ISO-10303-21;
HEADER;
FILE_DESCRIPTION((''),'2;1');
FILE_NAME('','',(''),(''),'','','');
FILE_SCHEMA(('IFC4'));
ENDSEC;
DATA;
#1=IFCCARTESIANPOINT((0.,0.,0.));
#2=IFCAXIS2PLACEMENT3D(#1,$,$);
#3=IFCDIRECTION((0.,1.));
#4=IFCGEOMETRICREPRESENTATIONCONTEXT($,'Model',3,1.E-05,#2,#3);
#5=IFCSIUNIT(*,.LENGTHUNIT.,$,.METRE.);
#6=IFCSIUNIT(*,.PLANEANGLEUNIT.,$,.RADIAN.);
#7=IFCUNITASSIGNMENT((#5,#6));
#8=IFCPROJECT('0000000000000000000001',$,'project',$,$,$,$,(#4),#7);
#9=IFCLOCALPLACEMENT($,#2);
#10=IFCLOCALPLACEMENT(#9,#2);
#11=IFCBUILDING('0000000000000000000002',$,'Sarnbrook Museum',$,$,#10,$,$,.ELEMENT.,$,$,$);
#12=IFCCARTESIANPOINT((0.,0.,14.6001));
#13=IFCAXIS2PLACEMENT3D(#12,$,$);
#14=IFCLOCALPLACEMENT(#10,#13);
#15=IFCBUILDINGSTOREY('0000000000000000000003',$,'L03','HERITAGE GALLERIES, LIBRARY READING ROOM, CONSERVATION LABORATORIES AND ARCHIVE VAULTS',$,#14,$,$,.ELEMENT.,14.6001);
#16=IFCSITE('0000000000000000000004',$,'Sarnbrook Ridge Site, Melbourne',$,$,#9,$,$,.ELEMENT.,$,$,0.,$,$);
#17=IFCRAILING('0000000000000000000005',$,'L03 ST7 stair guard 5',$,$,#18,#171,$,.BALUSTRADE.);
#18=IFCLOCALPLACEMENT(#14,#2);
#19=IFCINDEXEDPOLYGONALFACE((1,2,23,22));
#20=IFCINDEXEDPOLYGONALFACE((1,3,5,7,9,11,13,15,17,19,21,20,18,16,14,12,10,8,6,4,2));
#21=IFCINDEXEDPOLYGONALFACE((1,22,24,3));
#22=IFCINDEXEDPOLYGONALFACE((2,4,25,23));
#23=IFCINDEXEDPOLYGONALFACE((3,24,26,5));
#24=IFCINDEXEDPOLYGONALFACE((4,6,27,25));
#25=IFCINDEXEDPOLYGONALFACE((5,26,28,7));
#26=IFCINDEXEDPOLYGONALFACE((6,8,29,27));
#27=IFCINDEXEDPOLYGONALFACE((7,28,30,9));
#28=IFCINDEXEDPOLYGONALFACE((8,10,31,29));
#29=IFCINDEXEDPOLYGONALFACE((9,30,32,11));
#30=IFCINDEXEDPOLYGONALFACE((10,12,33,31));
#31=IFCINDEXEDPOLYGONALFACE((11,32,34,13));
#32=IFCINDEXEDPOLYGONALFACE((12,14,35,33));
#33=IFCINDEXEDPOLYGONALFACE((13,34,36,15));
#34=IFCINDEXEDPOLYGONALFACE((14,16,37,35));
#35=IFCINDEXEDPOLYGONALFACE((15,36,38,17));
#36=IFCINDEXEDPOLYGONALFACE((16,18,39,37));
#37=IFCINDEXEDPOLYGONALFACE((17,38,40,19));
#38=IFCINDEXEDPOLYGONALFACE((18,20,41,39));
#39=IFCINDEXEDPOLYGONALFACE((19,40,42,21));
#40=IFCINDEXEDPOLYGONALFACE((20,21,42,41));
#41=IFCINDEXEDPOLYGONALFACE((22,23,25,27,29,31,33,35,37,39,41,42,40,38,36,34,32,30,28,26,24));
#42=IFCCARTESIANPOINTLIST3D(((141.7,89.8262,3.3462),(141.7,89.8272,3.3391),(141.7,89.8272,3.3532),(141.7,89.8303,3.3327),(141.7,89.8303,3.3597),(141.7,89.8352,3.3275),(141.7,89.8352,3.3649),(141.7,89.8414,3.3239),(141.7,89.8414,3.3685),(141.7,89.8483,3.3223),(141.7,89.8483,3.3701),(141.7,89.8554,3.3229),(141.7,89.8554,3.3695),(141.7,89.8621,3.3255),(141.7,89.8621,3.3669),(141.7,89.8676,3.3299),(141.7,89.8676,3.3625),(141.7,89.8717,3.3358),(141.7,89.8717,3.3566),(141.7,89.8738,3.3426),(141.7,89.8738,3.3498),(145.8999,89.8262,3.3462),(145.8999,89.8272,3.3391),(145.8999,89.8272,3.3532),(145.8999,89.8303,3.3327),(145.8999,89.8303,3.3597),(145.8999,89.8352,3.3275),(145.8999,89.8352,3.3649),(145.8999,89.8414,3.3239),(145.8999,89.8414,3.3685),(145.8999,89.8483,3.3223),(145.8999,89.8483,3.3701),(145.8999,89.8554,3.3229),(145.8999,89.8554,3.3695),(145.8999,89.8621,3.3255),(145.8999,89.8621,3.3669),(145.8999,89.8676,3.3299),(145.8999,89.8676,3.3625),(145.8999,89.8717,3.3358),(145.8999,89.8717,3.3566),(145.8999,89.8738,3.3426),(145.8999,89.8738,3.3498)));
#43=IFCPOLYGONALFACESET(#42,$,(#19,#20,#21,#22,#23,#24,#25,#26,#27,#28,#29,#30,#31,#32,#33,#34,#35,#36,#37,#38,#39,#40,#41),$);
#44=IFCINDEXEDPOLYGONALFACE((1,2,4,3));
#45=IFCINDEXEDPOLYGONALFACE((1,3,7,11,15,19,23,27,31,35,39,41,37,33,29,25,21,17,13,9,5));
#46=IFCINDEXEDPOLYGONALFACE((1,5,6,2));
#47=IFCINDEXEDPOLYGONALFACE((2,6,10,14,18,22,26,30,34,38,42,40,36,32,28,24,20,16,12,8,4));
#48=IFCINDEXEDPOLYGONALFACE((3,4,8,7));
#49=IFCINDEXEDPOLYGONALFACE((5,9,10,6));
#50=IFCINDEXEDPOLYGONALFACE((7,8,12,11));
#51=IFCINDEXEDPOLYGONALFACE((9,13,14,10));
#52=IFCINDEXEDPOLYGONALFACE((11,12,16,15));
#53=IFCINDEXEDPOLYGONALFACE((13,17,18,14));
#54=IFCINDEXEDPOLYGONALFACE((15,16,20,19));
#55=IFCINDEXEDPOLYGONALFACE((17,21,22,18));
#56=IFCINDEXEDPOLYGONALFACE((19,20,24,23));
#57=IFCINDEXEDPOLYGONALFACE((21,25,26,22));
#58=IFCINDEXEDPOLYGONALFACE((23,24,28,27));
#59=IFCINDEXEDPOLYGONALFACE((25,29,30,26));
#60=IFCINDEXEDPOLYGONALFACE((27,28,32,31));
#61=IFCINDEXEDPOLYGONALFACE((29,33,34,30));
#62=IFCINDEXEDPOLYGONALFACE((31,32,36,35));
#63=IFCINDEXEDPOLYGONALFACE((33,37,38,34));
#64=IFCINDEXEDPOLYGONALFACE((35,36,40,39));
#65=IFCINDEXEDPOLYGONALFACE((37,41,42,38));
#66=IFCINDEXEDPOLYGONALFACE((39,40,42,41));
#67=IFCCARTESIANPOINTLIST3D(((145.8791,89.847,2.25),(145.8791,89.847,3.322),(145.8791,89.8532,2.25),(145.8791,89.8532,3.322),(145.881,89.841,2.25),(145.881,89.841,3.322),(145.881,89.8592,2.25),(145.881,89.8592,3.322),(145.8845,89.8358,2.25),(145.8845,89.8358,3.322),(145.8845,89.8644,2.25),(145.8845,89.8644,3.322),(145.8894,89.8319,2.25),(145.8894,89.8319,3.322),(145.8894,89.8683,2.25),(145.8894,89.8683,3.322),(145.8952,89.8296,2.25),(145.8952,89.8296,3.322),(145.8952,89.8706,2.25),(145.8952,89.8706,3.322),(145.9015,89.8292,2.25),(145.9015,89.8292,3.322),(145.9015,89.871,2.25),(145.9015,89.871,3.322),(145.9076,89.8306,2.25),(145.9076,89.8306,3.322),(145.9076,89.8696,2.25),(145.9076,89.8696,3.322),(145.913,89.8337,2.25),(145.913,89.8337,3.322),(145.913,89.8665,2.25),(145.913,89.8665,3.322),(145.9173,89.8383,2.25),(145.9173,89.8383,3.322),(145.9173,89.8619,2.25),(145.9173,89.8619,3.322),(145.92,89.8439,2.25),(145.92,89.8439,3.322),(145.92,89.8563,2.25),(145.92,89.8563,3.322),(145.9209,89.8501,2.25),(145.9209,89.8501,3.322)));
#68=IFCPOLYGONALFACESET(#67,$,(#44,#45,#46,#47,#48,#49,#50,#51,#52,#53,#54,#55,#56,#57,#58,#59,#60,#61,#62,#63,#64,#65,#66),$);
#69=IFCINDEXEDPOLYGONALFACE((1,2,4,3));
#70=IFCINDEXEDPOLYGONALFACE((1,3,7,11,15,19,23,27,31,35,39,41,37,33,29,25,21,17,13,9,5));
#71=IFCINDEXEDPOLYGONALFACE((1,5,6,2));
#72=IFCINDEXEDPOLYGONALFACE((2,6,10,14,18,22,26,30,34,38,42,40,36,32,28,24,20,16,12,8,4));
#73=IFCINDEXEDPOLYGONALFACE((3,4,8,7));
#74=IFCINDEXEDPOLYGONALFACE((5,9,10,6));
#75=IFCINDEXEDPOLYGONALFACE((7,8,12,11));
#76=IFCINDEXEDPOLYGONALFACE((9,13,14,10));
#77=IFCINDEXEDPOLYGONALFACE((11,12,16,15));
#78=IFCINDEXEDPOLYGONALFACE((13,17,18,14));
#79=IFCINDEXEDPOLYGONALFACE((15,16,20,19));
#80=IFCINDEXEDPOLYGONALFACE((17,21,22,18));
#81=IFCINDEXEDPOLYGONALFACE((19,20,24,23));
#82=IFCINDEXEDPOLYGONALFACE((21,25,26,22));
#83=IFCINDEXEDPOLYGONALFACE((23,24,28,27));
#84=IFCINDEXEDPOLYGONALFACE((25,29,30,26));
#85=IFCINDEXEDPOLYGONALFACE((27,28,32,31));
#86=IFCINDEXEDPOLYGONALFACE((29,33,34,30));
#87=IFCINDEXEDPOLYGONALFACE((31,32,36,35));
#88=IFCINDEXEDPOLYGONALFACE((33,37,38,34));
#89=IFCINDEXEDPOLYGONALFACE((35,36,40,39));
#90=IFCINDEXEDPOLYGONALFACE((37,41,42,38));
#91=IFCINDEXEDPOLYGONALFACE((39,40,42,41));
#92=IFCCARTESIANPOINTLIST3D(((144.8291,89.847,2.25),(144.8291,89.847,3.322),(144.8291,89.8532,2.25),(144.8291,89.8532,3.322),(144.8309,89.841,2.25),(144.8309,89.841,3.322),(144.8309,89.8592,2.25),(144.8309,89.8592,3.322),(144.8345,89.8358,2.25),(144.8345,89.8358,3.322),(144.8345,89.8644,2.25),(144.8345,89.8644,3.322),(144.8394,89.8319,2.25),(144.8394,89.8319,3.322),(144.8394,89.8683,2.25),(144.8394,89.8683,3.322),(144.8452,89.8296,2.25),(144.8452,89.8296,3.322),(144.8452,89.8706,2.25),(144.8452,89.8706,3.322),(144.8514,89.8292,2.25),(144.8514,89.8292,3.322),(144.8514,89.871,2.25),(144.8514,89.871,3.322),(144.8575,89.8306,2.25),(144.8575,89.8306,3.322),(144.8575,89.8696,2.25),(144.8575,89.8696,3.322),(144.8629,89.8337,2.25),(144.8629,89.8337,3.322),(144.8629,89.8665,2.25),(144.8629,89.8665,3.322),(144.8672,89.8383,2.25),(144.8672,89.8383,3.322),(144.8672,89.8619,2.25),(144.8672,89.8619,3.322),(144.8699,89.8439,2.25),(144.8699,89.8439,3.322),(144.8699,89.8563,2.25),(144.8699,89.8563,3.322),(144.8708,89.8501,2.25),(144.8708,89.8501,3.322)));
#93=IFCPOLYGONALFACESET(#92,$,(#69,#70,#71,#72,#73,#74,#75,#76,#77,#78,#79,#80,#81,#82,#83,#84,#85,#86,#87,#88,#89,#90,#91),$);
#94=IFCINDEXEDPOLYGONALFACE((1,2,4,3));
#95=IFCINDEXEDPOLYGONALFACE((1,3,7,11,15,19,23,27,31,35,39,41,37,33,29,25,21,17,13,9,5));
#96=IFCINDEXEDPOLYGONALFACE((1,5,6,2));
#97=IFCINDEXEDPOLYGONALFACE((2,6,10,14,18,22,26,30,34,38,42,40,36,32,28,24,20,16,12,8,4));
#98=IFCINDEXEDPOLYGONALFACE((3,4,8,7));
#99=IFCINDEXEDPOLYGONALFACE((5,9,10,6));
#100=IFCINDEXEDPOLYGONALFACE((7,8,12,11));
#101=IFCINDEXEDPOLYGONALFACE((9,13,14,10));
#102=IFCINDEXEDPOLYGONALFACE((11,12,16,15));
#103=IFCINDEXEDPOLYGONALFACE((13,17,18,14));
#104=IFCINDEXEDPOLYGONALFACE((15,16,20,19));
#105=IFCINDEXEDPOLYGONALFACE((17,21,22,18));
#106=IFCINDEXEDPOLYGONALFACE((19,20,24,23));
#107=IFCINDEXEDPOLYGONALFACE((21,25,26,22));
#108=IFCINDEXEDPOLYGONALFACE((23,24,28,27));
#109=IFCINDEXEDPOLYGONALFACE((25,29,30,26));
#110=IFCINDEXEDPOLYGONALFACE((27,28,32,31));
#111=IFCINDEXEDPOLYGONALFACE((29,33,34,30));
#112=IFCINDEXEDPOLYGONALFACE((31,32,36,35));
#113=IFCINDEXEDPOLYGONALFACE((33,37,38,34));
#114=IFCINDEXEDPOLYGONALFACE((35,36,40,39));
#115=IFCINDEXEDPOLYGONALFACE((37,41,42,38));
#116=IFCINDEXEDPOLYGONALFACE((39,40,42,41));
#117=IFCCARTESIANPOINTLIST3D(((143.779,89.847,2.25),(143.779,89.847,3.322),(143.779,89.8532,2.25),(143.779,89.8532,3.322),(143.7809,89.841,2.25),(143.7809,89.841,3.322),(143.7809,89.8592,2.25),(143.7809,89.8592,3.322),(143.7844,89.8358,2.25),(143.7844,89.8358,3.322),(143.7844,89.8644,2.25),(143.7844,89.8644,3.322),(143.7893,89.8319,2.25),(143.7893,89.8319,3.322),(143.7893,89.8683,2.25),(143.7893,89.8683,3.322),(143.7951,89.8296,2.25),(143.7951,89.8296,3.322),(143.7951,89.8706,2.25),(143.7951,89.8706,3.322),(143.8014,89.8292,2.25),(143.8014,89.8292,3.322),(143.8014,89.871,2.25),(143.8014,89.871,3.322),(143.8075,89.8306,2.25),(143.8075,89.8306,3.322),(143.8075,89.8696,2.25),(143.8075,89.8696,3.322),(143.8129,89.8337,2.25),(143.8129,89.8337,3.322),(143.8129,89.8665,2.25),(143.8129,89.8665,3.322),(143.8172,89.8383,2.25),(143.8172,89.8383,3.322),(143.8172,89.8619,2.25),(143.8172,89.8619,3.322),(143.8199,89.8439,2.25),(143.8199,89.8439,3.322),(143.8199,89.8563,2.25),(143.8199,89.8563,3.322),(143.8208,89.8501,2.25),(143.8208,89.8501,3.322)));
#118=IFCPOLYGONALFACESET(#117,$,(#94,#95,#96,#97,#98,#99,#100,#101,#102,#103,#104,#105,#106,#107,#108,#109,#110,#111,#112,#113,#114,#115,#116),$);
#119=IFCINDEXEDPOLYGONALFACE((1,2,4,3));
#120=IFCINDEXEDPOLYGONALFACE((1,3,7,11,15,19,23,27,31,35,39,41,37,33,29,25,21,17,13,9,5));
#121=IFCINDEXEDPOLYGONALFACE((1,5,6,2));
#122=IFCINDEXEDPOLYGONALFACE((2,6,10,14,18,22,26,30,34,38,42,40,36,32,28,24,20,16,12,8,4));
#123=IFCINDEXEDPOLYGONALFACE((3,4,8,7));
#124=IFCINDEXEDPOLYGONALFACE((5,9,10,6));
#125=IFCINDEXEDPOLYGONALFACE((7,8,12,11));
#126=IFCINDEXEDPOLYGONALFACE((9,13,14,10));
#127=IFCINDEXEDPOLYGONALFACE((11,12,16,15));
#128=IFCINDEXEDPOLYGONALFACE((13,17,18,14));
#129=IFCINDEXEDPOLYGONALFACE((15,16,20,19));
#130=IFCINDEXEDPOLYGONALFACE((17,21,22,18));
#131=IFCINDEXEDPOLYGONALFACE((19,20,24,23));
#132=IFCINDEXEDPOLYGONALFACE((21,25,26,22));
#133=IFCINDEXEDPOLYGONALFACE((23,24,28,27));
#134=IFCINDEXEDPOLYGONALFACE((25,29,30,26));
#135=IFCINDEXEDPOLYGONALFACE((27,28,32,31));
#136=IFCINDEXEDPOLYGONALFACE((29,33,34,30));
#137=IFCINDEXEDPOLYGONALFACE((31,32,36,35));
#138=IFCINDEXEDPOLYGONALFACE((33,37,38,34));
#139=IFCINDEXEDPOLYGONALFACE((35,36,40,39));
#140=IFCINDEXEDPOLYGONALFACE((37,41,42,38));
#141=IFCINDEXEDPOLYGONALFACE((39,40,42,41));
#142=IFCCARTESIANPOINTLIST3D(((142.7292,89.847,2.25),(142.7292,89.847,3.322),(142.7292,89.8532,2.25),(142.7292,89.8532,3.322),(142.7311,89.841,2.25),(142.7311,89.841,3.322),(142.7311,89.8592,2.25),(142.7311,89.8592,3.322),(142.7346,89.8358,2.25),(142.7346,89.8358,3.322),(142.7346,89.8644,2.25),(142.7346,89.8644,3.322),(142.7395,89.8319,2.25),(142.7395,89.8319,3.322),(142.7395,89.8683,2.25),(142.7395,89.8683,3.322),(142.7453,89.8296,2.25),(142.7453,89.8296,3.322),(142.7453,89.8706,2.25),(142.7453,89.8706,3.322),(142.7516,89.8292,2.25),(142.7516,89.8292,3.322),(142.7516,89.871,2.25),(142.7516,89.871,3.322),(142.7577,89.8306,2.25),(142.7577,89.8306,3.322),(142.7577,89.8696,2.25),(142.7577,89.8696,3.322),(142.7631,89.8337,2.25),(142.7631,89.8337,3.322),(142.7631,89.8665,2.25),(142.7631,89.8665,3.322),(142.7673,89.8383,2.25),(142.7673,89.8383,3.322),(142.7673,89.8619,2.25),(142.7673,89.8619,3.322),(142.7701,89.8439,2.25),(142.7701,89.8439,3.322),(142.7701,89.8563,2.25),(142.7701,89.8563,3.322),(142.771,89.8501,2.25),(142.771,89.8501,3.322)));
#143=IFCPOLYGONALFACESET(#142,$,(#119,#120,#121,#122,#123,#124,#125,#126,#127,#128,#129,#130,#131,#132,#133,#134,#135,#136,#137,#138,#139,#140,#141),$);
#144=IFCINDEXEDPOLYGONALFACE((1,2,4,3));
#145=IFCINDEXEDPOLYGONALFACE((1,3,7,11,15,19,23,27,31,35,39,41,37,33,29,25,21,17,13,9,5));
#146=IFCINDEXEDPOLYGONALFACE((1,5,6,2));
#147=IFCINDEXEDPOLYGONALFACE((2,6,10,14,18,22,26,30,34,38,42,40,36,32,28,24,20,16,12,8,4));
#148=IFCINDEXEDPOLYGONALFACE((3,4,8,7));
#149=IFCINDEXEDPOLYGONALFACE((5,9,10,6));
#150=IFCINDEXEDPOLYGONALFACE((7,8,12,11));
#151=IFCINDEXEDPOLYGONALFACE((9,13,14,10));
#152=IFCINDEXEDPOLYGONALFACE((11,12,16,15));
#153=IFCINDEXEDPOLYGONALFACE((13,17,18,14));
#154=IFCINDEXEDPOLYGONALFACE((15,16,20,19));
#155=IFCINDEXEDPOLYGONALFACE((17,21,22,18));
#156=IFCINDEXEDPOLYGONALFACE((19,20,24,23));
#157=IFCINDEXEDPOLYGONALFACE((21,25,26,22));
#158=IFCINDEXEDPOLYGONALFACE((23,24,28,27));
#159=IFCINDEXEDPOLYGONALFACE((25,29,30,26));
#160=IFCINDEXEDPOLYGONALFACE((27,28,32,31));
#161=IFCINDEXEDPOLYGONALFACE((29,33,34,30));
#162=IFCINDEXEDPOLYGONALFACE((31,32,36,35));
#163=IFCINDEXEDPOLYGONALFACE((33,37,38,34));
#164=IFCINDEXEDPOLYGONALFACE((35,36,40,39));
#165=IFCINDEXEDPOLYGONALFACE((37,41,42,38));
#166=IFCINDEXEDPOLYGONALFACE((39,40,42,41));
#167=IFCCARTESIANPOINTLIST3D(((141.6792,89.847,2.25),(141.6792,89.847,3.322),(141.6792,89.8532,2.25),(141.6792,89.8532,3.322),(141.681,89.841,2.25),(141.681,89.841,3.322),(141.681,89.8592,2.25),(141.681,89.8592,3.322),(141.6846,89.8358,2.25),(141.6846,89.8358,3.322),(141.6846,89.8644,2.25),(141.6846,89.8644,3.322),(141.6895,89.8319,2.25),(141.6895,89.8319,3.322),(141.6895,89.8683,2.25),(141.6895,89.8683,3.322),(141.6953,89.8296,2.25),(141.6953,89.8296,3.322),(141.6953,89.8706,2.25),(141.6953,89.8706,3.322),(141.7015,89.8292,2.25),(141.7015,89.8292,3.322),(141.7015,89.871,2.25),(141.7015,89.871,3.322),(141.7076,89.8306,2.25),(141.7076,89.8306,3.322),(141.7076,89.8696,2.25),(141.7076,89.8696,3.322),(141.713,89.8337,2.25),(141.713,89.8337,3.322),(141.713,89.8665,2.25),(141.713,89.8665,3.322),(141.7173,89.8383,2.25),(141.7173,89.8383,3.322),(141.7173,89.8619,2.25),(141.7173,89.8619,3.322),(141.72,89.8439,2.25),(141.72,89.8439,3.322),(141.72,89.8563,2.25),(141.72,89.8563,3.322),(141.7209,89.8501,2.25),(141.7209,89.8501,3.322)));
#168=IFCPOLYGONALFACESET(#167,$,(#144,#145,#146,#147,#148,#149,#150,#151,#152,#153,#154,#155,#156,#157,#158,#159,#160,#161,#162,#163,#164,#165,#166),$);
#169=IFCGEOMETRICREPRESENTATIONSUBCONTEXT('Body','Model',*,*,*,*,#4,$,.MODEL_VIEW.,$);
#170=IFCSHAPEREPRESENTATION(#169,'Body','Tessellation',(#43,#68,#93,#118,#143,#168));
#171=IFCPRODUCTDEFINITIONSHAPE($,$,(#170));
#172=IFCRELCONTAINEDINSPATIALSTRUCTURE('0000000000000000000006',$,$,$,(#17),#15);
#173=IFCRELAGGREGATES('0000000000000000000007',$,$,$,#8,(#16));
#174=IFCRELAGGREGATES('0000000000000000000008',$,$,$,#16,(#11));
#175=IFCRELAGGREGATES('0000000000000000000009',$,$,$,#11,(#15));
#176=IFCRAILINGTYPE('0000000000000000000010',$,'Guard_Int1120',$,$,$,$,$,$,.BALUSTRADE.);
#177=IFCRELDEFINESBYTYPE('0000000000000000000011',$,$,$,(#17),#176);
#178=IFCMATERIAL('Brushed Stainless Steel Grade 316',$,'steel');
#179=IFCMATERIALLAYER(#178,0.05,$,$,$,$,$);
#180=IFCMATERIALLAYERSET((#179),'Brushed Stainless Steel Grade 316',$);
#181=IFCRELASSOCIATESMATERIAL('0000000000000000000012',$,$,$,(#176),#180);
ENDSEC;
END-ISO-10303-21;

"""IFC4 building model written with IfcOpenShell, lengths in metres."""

from ifc_helpers import new_model, si_unit, direction, frame, origin, origin_2d, place, context, subcontext, project, spatial, circle, extrude, material, layer, layer_set, type_object, element, save


model = new_model("IFC4")

# Units and contexts
model_context = context("Model", 3, precision=1e-05, world=origin(), true_north=direction((0.0, 1.0)))
body_context = subcontext(model_context, "Body", "Model", "MODEL_VIEW")
ifc_project = project(units=[si_unit("LENGTHUNIT", "METRE"), si_unit("PLANEANGLEUNIT", "RADIAN")], contexts=[model_context])

# Site, building, storey
site_placement = place(None, origin())
site = spatial("IfcSite", under=ifc_project, at=site_placement, Name="Sarnbrook Ridge Site, Melbourne", CompositionType="ELEMENT", RefElevation=0.0)
building_placement = place(site_placement, origin())
building = spatial("IfcBuilding", under=site, at=building_placement, Name="Sarnbrook Museum", CompositionType="ELEMENT")
storey_placement = place(building_placement, frame((0.0, 0.0, 14.6001)))
storey = spatial("IfcBuildingStorey", under=building, at=storey_placement, Name="L03", Description="HERITAGE GALLERIES, LIBRARY READING ROOM, CONSERVATION LABORATORIES AND ARCHIVE VAULTS", CompositionType="ELEMENT", Elevation=14.6001)

# Railing
ifc_material_1 = material(Name="Brushed Stainless Steel Grade 316", Category="steel")
ifc_layer_1 = layer(ifc_material_1, 0.05)
ifc_layer_set_1 = layer_set([ifc_layer_1], Name="Brushed Stainless Steel Grade 316")
railing_type = type_object("IfcRailingType", Name="Guard_Int1120", PredefinedType="BALUSTRADE", material=ifc_layer_set_1)
railing_1_placement = place(storey_placement, frame((145.8999, 89.8501, 2.25)))
element("IfcRailing", 1, at=railing_1_placement, inside=storey, type_object=railing_type, Name="L03 ST7 stair guard 5", PredefinedType="BALUSTRADE", context=body_context, shape_type="SweptSolid", body=[
    extrude(circle(Radius=0.0239, at=origin_2d()), frame((0.0, 0.0, 1.0962), z_axis=(-1.0, 0.0, 0.0), x_axis=(0.0, -1.0, 0.0)), (0.0, 0.0, 1.0), 4.2),
    extrude(circle(Radius=0.021, at=origin_2d()), origin(), (0.0, 0.0, 1.0), 1.072),
    extrude(circle(Radius=0.021, at=origin_2d()), frame((-1.05, 0.0, 0.0)), (0.0, 0.0, 1.0), 1.072),
    extrude(circle(Radius=0.021, at=origin_2d()), frame((-2.1001, 0.0, 0.0)), (0.0, 0.0, 1.0), 1.072),
    extrude(circle(Radius=0.021, at=origin_2d()), frame((-3.1499, 0.0, 0.0)), (0.0, 0.0, 1.0), 1.072),
    extrude(circle(Radius=0.021, at=origin_2d()), frame((-4.2, 0.0, 0.0)), (0.0, 0.0, 1.0), 1.072),
])

save(model, "model.ifc")
